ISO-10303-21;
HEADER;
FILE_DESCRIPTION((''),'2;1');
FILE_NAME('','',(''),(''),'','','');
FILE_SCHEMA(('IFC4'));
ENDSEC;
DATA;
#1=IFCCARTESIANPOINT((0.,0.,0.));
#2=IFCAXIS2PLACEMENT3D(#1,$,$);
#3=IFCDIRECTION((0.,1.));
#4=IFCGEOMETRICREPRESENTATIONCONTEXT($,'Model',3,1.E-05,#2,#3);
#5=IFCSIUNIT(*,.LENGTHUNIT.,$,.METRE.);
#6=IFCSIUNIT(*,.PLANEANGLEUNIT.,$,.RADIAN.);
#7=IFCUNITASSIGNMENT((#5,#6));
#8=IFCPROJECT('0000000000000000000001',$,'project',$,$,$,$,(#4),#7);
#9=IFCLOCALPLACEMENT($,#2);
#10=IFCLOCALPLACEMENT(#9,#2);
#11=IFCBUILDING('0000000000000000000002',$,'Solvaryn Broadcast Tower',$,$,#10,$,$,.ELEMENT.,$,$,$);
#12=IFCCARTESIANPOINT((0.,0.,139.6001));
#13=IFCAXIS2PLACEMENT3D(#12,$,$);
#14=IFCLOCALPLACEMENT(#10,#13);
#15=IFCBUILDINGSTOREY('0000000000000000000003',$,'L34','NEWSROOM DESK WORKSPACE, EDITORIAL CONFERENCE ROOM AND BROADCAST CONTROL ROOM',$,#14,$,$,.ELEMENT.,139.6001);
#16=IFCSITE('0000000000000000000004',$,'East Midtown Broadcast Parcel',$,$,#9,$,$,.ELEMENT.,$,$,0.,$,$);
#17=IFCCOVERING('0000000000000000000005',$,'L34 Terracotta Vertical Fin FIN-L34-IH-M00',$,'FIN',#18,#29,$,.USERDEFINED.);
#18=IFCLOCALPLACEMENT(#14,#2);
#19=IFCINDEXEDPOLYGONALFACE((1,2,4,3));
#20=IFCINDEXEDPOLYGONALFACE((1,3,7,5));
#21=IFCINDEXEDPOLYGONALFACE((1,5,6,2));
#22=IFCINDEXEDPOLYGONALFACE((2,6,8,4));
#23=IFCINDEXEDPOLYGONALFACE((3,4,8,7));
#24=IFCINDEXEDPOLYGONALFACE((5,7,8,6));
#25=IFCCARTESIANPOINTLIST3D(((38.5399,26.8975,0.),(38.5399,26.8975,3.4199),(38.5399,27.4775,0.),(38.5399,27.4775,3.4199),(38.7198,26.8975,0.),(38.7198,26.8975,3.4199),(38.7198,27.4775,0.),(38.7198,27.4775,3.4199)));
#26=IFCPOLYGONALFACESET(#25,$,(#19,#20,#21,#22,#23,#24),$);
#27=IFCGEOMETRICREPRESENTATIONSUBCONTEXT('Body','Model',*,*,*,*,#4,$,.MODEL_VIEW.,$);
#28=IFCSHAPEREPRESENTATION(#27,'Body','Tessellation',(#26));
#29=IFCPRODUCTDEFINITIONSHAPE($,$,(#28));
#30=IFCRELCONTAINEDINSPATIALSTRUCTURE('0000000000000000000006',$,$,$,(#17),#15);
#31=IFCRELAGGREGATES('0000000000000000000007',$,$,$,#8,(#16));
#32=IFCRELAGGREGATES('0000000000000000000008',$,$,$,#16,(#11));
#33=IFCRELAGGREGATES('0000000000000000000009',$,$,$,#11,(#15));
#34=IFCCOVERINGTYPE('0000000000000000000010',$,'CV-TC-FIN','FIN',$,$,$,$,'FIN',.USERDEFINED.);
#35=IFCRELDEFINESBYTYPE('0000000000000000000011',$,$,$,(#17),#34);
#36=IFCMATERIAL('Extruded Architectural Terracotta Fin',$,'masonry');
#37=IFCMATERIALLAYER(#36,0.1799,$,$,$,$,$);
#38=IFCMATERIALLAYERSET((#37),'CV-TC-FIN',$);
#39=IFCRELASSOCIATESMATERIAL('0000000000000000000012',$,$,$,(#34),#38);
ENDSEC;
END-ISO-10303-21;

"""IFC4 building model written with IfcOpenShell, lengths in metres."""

from ifc_helpers import new_model, si_unit, direction, frame, origin, origin_2d, place, context, subcontext, project, spatial, rectangle, extrude, material, layer, layer_set, type_object, element, save


model = new_model("IFC4")

# Units and contexts
model_context = context("Model", 3, precision=1e-05, world=origin(), true_north=direction((0.0, 1.0)))
body_context = subcontext(model_context, "Body", "Model", "MODEL_VIEW")
ifc_project = project(units=[si_unit("LENGTHUNIT", "METRE"), si_unit("PLANEANGLEUNIT", "RADIAN")], contexts=[model_context])

# Site, building, storey
site_placement = place(None, origin())
site = spatial("IfcSite", under=ifc_project, at=site_placement, Name="East Midtown Broadcast Parcel", CompositionType="ELEMENT", RefElevation=0.0)
building_placement = place(site_placement, origin())
building = spatial("IfcBuilding", under=site, at=building_placement, Name="Solvaryn Broadcast Tower", CompositionType="ELEMENT")
storey_placement = place(building_placement, frame((0.0, 0.0, 139.6001)))
storey = spatial("IfcBuildingStorey", under=building, at=storey_placement, Name="L34", Description="NEWSROOM DESK WORKSPACE, EDITORIAL CONFERENCE ROOM AND BROADCAST CONTROL ROOM", CompositionType="ELEMENT", Elevation=139.6001)

# Covering
ifc_material_1 = material(Name="Extruded Architectural Terracotta Fin", Category="masonry")
ifc_layer_1 = layer(ifc_material_1, 0.1799)
ifc_layer_set_1 = layer_set([ifc_layer_1], Name="CV-TC-FIN")
covering_type_1 = type_object("IfcCoveringType", Name="CV-TC-FIN", Description="FIN", ElementType="FIN", PredefinedType="USERDEFINED", material=ifc_layer_set_1)
for number, where, z_axis, x_axis, name in (
    (1, (38.6299, 27.1875, 0.0), (0.0, 0.0, 1.0), (1.0, 0.0, 0.0), "L34 Terracotta Vertical Fin FIN-L34-IH-M00"),
):
    element("IfcCovering", number, at=place(storey_placement, frame(where, z_axis=z_axis, x_axis=x_axis)), inside=storey, type_object=covering_type_1, Name=name, ObjectType="FIN", PredefinedType="USERDEFINED", context=body_context, shape_type="SweptSolid", body=[
        extrude(rectangle(XDim=0.1799, YDim=0.5801, at=origin_2d()), origin(), (0.0, 0.0, 1.0), 3.4199),
    ])

save(model, "model.ifc")
